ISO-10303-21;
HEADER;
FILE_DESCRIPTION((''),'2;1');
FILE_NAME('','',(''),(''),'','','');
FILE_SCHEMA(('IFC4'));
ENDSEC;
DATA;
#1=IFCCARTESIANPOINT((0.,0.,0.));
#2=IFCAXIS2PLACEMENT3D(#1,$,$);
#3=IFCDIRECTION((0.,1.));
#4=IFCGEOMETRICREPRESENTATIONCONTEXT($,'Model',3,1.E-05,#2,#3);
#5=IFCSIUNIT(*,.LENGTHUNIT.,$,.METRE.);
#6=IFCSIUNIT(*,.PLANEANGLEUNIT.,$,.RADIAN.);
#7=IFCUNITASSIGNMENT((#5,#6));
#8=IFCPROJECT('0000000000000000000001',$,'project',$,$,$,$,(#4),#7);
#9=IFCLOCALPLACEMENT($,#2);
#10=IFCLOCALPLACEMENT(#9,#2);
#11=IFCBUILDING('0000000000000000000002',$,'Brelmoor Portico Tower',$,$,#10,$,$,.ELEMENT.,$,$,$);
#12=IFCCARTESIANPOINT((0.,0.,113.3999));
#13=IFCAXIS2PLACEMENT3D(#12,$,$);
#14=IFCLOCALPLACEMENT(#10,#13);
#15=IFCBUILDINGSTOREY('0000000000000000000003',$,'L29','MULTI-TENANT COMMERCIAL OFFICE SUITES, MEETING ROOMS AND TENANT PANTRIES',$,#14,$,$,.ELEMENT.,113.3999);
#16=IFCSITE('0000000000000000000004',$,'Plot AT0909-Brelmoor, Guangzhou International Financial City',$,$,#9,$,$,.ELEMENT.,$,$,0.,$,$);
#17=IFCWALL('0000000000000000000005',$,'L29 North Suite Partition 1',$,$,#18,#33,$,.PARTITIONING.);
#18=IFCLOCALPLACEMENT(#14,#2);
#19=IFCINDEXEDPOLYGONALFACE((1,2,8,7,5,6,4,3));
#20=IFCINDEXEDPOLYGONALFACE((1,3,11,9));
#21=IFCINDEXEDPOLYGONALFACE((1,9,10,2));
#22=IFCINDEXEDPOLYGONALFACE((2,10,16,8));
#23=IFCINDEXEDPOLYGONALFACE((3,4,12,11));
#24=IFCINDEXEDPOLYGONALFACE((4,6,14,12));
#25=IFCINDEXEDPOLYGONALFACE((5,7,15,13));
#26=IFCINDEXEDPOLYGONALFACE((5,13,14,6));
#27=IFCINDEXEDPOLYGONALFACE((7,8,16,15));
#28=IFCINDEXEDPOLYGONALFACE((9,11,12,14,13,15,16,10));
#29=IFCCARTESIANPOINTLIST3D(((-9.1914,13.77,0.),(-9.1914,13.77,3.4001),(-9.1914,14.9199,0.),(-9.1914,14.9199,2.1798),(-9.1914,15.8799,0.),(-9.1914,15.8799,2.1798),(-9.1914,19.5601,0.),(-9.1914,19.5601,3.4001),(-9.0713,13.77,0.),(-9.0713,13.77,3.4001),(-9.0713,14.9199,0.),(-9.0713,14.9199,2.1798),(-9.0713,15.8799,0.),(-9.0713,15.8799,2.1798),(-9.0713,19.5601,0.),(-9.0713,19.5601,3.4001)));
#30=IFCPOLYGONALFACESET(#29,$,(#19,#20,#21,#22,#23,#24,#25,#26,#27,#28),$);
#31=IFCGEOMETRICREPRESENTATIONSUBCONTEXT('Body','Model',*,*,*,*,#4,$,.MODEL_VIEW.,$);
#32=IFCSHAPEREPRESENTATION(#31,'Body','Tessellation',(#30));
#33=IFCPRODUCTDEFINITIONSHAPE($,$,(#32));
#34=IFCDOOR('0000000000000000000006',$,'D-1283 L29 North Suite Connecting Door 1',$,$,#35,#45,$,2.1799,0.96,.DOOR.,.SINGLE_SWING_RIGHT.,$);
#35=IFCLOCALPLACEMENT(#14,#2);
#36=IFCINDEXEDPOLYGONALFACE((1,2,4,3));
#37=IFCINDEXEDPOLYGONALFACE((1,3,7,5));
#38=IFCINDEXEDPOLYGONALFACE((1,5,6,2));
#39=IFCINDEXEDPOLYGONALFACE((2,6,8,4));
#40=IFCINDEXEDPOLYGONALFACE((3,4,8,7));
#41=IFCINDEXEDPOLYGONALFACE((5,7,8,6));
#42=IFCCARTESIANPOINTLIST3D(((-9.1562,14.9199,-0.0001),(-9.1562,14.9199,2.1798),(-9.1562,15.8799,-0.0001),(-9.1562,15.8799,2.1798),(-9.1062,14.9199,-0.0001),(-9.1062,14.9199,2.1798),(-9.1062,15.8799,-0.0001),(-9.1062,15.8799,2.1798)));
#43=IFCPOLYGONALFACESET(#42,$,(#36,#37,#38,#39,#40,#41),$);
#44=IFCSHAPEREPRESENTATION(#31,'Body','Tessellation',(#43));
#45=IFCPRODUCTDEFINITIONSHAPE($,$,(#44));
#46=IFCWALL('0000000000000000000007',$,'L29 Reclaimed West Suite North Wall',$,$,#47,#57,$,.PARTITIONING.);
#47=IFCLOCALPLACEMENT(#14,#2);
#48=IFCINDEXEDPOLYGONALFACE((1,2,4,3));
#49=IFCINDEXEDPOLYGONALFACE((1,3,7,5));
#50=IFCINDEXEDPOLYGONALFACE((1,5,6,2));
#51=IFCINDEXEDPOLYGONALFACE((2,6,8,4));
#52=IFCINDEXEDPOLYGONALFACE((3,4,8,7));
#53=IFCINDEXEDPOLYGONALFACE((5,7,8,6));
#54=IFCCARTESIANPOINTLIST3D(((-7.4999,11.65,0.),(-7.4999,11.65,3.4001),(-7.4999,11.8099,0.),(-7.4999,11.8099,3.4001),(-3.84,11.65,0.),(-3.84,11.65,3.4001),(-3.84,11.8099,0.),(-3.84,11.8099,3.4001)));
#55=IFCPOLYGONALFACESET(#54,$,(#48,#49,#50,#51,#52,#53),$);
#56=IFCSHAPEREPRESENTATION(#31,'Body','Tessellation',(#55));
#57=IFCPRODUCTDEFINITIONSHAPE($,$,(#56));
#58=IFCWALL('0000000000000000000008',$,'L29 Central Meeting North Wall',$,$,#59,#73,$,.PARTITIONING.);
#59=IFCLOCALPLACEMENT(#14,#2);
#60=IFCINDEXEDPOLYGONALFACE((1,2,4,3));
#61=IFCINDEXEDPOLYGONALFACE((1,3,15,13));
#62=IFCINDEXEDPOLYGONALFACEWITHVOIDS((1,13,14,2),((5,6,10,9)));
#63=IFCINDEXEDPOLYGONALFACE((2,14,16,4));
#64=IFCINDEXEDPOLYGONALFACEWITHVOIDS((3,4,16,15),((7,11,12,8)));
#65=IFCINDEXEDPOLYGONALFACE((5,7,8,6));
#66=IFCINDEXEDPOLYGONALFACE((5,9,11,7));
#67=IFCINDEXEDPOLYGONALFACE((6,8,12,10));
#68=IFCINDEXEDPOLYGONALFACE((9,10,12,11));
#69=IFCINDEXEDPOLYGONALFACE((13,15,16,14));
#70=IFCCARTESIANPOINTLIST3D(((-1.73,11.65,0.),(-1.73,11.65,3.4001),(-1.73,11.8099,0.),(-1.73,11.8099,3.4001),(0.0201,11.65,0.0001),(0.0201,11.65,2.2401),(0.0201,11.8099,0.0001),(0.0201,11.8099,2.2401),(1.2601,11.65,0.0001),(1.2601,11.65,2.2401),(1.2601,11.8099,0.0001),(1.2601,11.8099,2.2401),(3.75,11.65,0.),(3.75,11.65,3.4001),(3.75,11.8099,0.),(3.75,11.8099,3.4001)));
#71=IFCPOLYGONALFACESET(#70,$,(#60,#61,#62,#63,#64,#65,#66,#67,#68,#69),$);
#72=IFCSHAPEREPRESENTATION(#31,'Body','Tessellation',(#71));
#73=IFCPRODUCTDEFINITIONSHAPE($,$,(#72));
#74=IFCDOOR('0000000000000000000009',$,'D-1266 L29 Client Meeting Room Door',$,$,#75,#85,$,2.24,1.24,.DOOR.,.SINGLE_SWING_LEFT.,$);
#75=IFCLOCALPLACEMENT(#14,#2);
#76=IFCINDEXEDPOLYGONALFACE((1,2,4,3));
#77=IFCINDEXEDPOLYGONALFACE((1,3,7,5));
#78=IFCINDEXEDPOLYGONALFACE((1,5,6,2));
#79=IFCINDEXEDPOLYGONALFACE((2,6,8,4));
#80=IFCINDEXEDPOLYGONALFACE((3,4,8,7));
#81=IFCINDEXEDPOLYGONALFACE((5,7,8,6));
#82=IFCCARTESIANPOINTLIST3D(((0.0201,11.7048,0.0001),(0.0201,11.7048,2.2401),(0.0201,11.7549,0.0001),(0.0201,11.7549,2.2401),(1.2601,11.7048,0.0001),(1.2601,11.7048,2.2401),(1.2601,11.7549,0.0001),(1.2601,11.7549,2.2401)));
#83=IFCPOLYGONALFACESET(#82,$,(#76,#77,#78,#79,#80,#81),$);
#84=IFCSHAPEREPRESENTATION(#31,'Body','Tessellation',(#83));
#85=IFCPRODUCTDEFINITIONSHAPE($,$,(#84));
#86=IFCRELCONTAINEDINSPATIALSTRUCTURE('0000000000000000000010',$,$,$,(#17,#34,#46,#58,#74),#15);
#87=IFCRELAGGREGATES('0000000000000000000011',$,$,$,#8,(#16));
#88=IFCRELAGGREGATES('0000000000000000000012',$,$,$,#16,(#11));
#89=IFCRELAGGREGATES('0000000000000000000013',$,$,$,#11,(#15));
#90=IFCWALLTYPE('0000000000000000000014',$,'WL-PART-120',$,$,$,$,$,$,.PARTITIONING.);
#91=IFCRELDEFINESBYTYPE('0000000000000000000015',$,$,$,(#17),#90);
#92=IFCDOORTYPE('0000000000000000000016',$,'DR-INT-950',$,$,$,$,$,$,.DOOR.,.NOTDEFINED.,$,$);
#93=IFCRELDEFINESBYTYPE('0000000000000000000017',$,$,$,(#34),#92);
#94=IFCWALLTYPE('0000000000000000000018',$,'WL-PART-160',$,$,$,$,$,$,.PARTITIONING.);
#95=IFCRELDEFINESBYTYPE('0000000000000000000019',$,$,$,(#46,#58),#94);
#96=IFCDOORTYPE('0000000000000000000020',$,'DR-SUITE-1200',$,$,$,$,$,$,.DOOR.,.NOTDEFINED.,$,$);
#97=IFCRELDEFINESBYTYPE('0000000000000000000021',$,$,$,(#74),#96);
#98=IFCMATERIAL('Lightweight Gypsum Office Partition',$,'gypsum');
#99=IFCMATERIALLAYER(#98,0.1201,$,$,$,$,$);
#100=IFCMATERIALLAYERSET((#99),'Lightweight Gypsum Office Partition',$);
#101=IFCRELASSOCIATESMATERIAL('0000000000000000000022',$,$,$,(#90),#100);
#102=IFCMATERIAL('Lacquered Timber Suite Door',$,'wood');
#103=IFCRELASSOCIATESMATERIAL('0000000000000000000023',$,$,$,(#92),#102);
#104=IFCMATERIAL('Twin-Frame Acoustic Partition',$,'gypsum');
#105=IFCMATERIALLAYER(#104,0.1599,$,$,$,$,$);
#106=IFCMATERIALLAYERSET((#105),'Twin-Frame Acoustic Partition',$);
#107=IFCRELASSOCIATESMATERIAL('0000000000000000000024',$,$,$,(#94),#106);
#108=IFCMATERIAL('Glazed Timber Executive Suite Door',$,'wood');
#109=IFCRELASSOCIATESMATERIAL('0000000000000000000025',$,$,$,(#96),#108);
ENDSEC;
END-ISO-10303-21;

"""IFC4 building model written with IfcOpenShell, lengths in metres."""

from ifc_helpers import new_model, si_unit, direction, frame, frame_2d, origin, place, context, subcontext, project, spatial, rectangle, extrude, material, layer, layer_set, type_object, element, fill, save


model = new_model("IFC4")

# Units and contexts
model_context = context("Model", 3, precision=1e-05, world=origin(), true_north=direction((0.0, 1.0)))
body_context = subcontext(model_context, "Body", "Model", "MODEL_VIEW")
ifc_project = project(units=[si_unit("LENGTHUNIT", "METRE"), si_unit("PLANEANGLEUNIT", "RADIAN")], contexts=[model_context])

# Site, building, storey
site_placement = place(None, origin())
site = spatial("IfcSite", under=ifc_project, at=site_placement, Name="Plot AT0909-Brelmoor, Guangzhou International Financial City", CompositionType="ELEMENT", RefElevation=0.0)
building_placement = place(site_placement, origin())
building = spatial("IfcBuilding", under=site, at=building_placement, Name="Brelmoor Portico Tower", CompositionType="ELEMENT")
storey_placement = place(building_placement, frame((0.0, 0.0, 113.3999)))
storey = spatial("IfcBuildingStorey", under=building, at=storey_placement, Name="L29", Description="MULTI-TENANT COMMERCIAL OFFICE SUITES, MEETING ROOMS AND TENANT PANTRIES", CompositionType="ELEMENT", Elevation=113.3999)

# Wall, opening, door
ifc_material_1 = material(Name="Lightweight Gypsum Office Partition", Category="gypsum")
ifc_layer_1 = layer(ifc_material_1, 0.1201)
ifc_layer_set_1 = layer_set([ifc_layer_1], Name="Lightweight Gypsum Office Partition")
wall_type_1 = type_object("IfcWallType", Name="WL-PART-120", PredefinedType="PARTITIONING", material=ifc_layer_set_1)
wall_1_placement = place(storey_placement, frame((-9.1313, 13.77, 0.0), z_axis=(0.0, 0.0, 1.0), x_axis=(0.0, 1.0, 0.0)))
wall_1 = element("IfcWall", 1, at=wall_1_placement, inside=storey, type_object=wall_type_1, Name="L29 North Suite Partition 1", PredefinedType="PARTITIONING", context=body_context, shape_type="SweptSolid", body=[
    extrude(rectangle(XDim=5.79, YDim=0.1201, at=frame_2d((2.895, 0.0))), origin(), (0.0, 0.0, 1.0), 3.4001),
])
opening_1_placement = place(wall_1_placement, frame((1.1499, 0.0, 0.0)))
opening_1 = element("IfcOpeningElement", 2, at=opening_1_placement, cuts=wall_1, PredefinedType="OPENING", context=body_context, shape_type="SweptSolid", body=[
    extrude(rectangle(XDim=0.96, YDim=2.1799, at=frame_2d((0.48, 1.0898))), frame((0.0, 0.0701, 0.0), z_axis=(0.0, -1.0, 0.0), x_axis=(1.0, 0.0, 0.0)), (0.0, 0.0, 1.0), 0.1401),
])
ifc_material_2 = material(Name="Lacquered Timber Suite Door", Category="wood")
door_type_1 = type_object("IfcDoorType", Name="DR-INT-950", OperationType="NOTDEFINED", PredefinedType="DOOR", material=ifc_material_2)
door_1_placement = place(opening_1_placement, origin())
door_1 = element("IfcDoor", 3, at=door_1_placement, inside=storey, type_object=door_type_1, Name="D-1283 L29 North Suite Connecting Door 1", OperationType="SINGLE_SWING_RIGHT", OverallHeight=2.1799, OverallWidth=0.96, PredefinedType="DOOR", context=body_context, shape_type="SweptSolid", body=[
    extrude(rectangle(XDim=0.96, YDim=2.1799, at=frame_2d((0.48, 1.0898))), frame((0.0, 0.0249, 0.0), z_axis=(0.0, -1.0, 0.0), x_axis=(1.0, 0.0, 0.0)), (0.0, 0.0, 1.0), 0.05),
])
fill(opening_1, door_1)

# Wall
ifc_material_3 = material(Name="Twin-Frame Acoustic Partition", Category="gypsum")
ifc_layer_2 = layer(ifc_material_3, 0.1599)
ifc_layer_set_2 = layer_set([ifc_layer_2], Name="Twin-Frame Acoustic Partition")
wall_type_2 = type_object("IfcWallType", Name="WL-PART-160", PredefinedType="PARTITIONING", material=ifc_layer_set_2)
wall_2_placement = place(storey_placement, frame((-7.5, 11.73, 0.0), z_axis=(0.0, 0.0, 1.0), x_axis=(1.0, 0.0, 0.0)))
element("IfcWall", 4, at=wall_2_placement, inside=storey, type_object=wall_type_2, Name="L29 Reclaimed West Suite North Wall", PredefinedType="PARTITIONING", context=body_context, shape_type="SweptSolid", body=[
    extrude(rectangle(XDim=3.6599, YDim=0.1599, at=frame_2d((1.8301, 0.0))), origin(), (0.0, 0.0, 1.0), 3.4001),
])

# Wall, opening, door
wall_3_placement = place(storey_placement, frame((-1.73, 11.73, 0.0), z_axis=(0.0, 0.0, 1.0), x_axis=(1.0, 0.0, 0.0)))
wall_3 = element("IfcWall", 5, at=wall_3_placement, inside=storey, type_object=wall_type_2, Name="L29 Central Meeting North Wall", PredefinedType="PARTITIONING", context=body_context, shape_type="SweptSolid", body=[
    extrude(rectangle(XDim=5.48, YDim=0.1599, at=frame_2d((2.74, 0.0))), origin(), (0.0, 0.0, 1.0), 3.4001),
])
opening_2_placement = place(wall_3_placement, frame((1.75, 0.0, 0.0)))
opening_2 = element("IfcOpeningElement", 6, at=opening_2_placement, cuts=wall_3, PredefinedType="OPENING", context=body_context, shape_type="SweptSolid", body=[
    extrude(rectangle(XDim=1.24, YDim=2.24, at=frame_2d((0.6201, 1.1201))), frame((0.0, 0.0898, 0.0), z_axis=(0.0, -1.0, 0.0), x_axis=(1.0, 0.0, 0.0)), (0.0, 0.0, 1.0), 0.1799),
])
ifc_material_4 = material(Name="Glazed Timber Executive Suite Door", Category="wood")
door_type_2 = type_object("IfcDoorType", Name="DR-SUITE-1200", OperationType="NOTDEFINED", PredefinedType="DOOR", material=ifc_material_4)
door_2_placement = place(opening_2_placement, origin())
door_2 = element("IfcDoor", 7, at=door_2_placement, inside=storey, type_object=door_type_2, Name="D-1266 L29 Client Meeting Room Door", OperationType="SINGLE_SWING_LEFT", OverallHeight=2.24, OverallWidth=1.24, PredefinedType="DOOR", context=body_context, shape_type="SweptSolid", body=[
    extrude(rectangle(XDim=1.24, YDim=2.24, at=frame_2d((0.6201, 1.1201))), frame((0.0, 0.0249, 0.0), z_axis=(0.0, -1.0, 0.0), x_axis=(1.0, 0.0, 0.0)), (0.0, 0.0, 1.0), 0.05),
])
fill(opening_2, door_2)

save(model, "model.ifc")
